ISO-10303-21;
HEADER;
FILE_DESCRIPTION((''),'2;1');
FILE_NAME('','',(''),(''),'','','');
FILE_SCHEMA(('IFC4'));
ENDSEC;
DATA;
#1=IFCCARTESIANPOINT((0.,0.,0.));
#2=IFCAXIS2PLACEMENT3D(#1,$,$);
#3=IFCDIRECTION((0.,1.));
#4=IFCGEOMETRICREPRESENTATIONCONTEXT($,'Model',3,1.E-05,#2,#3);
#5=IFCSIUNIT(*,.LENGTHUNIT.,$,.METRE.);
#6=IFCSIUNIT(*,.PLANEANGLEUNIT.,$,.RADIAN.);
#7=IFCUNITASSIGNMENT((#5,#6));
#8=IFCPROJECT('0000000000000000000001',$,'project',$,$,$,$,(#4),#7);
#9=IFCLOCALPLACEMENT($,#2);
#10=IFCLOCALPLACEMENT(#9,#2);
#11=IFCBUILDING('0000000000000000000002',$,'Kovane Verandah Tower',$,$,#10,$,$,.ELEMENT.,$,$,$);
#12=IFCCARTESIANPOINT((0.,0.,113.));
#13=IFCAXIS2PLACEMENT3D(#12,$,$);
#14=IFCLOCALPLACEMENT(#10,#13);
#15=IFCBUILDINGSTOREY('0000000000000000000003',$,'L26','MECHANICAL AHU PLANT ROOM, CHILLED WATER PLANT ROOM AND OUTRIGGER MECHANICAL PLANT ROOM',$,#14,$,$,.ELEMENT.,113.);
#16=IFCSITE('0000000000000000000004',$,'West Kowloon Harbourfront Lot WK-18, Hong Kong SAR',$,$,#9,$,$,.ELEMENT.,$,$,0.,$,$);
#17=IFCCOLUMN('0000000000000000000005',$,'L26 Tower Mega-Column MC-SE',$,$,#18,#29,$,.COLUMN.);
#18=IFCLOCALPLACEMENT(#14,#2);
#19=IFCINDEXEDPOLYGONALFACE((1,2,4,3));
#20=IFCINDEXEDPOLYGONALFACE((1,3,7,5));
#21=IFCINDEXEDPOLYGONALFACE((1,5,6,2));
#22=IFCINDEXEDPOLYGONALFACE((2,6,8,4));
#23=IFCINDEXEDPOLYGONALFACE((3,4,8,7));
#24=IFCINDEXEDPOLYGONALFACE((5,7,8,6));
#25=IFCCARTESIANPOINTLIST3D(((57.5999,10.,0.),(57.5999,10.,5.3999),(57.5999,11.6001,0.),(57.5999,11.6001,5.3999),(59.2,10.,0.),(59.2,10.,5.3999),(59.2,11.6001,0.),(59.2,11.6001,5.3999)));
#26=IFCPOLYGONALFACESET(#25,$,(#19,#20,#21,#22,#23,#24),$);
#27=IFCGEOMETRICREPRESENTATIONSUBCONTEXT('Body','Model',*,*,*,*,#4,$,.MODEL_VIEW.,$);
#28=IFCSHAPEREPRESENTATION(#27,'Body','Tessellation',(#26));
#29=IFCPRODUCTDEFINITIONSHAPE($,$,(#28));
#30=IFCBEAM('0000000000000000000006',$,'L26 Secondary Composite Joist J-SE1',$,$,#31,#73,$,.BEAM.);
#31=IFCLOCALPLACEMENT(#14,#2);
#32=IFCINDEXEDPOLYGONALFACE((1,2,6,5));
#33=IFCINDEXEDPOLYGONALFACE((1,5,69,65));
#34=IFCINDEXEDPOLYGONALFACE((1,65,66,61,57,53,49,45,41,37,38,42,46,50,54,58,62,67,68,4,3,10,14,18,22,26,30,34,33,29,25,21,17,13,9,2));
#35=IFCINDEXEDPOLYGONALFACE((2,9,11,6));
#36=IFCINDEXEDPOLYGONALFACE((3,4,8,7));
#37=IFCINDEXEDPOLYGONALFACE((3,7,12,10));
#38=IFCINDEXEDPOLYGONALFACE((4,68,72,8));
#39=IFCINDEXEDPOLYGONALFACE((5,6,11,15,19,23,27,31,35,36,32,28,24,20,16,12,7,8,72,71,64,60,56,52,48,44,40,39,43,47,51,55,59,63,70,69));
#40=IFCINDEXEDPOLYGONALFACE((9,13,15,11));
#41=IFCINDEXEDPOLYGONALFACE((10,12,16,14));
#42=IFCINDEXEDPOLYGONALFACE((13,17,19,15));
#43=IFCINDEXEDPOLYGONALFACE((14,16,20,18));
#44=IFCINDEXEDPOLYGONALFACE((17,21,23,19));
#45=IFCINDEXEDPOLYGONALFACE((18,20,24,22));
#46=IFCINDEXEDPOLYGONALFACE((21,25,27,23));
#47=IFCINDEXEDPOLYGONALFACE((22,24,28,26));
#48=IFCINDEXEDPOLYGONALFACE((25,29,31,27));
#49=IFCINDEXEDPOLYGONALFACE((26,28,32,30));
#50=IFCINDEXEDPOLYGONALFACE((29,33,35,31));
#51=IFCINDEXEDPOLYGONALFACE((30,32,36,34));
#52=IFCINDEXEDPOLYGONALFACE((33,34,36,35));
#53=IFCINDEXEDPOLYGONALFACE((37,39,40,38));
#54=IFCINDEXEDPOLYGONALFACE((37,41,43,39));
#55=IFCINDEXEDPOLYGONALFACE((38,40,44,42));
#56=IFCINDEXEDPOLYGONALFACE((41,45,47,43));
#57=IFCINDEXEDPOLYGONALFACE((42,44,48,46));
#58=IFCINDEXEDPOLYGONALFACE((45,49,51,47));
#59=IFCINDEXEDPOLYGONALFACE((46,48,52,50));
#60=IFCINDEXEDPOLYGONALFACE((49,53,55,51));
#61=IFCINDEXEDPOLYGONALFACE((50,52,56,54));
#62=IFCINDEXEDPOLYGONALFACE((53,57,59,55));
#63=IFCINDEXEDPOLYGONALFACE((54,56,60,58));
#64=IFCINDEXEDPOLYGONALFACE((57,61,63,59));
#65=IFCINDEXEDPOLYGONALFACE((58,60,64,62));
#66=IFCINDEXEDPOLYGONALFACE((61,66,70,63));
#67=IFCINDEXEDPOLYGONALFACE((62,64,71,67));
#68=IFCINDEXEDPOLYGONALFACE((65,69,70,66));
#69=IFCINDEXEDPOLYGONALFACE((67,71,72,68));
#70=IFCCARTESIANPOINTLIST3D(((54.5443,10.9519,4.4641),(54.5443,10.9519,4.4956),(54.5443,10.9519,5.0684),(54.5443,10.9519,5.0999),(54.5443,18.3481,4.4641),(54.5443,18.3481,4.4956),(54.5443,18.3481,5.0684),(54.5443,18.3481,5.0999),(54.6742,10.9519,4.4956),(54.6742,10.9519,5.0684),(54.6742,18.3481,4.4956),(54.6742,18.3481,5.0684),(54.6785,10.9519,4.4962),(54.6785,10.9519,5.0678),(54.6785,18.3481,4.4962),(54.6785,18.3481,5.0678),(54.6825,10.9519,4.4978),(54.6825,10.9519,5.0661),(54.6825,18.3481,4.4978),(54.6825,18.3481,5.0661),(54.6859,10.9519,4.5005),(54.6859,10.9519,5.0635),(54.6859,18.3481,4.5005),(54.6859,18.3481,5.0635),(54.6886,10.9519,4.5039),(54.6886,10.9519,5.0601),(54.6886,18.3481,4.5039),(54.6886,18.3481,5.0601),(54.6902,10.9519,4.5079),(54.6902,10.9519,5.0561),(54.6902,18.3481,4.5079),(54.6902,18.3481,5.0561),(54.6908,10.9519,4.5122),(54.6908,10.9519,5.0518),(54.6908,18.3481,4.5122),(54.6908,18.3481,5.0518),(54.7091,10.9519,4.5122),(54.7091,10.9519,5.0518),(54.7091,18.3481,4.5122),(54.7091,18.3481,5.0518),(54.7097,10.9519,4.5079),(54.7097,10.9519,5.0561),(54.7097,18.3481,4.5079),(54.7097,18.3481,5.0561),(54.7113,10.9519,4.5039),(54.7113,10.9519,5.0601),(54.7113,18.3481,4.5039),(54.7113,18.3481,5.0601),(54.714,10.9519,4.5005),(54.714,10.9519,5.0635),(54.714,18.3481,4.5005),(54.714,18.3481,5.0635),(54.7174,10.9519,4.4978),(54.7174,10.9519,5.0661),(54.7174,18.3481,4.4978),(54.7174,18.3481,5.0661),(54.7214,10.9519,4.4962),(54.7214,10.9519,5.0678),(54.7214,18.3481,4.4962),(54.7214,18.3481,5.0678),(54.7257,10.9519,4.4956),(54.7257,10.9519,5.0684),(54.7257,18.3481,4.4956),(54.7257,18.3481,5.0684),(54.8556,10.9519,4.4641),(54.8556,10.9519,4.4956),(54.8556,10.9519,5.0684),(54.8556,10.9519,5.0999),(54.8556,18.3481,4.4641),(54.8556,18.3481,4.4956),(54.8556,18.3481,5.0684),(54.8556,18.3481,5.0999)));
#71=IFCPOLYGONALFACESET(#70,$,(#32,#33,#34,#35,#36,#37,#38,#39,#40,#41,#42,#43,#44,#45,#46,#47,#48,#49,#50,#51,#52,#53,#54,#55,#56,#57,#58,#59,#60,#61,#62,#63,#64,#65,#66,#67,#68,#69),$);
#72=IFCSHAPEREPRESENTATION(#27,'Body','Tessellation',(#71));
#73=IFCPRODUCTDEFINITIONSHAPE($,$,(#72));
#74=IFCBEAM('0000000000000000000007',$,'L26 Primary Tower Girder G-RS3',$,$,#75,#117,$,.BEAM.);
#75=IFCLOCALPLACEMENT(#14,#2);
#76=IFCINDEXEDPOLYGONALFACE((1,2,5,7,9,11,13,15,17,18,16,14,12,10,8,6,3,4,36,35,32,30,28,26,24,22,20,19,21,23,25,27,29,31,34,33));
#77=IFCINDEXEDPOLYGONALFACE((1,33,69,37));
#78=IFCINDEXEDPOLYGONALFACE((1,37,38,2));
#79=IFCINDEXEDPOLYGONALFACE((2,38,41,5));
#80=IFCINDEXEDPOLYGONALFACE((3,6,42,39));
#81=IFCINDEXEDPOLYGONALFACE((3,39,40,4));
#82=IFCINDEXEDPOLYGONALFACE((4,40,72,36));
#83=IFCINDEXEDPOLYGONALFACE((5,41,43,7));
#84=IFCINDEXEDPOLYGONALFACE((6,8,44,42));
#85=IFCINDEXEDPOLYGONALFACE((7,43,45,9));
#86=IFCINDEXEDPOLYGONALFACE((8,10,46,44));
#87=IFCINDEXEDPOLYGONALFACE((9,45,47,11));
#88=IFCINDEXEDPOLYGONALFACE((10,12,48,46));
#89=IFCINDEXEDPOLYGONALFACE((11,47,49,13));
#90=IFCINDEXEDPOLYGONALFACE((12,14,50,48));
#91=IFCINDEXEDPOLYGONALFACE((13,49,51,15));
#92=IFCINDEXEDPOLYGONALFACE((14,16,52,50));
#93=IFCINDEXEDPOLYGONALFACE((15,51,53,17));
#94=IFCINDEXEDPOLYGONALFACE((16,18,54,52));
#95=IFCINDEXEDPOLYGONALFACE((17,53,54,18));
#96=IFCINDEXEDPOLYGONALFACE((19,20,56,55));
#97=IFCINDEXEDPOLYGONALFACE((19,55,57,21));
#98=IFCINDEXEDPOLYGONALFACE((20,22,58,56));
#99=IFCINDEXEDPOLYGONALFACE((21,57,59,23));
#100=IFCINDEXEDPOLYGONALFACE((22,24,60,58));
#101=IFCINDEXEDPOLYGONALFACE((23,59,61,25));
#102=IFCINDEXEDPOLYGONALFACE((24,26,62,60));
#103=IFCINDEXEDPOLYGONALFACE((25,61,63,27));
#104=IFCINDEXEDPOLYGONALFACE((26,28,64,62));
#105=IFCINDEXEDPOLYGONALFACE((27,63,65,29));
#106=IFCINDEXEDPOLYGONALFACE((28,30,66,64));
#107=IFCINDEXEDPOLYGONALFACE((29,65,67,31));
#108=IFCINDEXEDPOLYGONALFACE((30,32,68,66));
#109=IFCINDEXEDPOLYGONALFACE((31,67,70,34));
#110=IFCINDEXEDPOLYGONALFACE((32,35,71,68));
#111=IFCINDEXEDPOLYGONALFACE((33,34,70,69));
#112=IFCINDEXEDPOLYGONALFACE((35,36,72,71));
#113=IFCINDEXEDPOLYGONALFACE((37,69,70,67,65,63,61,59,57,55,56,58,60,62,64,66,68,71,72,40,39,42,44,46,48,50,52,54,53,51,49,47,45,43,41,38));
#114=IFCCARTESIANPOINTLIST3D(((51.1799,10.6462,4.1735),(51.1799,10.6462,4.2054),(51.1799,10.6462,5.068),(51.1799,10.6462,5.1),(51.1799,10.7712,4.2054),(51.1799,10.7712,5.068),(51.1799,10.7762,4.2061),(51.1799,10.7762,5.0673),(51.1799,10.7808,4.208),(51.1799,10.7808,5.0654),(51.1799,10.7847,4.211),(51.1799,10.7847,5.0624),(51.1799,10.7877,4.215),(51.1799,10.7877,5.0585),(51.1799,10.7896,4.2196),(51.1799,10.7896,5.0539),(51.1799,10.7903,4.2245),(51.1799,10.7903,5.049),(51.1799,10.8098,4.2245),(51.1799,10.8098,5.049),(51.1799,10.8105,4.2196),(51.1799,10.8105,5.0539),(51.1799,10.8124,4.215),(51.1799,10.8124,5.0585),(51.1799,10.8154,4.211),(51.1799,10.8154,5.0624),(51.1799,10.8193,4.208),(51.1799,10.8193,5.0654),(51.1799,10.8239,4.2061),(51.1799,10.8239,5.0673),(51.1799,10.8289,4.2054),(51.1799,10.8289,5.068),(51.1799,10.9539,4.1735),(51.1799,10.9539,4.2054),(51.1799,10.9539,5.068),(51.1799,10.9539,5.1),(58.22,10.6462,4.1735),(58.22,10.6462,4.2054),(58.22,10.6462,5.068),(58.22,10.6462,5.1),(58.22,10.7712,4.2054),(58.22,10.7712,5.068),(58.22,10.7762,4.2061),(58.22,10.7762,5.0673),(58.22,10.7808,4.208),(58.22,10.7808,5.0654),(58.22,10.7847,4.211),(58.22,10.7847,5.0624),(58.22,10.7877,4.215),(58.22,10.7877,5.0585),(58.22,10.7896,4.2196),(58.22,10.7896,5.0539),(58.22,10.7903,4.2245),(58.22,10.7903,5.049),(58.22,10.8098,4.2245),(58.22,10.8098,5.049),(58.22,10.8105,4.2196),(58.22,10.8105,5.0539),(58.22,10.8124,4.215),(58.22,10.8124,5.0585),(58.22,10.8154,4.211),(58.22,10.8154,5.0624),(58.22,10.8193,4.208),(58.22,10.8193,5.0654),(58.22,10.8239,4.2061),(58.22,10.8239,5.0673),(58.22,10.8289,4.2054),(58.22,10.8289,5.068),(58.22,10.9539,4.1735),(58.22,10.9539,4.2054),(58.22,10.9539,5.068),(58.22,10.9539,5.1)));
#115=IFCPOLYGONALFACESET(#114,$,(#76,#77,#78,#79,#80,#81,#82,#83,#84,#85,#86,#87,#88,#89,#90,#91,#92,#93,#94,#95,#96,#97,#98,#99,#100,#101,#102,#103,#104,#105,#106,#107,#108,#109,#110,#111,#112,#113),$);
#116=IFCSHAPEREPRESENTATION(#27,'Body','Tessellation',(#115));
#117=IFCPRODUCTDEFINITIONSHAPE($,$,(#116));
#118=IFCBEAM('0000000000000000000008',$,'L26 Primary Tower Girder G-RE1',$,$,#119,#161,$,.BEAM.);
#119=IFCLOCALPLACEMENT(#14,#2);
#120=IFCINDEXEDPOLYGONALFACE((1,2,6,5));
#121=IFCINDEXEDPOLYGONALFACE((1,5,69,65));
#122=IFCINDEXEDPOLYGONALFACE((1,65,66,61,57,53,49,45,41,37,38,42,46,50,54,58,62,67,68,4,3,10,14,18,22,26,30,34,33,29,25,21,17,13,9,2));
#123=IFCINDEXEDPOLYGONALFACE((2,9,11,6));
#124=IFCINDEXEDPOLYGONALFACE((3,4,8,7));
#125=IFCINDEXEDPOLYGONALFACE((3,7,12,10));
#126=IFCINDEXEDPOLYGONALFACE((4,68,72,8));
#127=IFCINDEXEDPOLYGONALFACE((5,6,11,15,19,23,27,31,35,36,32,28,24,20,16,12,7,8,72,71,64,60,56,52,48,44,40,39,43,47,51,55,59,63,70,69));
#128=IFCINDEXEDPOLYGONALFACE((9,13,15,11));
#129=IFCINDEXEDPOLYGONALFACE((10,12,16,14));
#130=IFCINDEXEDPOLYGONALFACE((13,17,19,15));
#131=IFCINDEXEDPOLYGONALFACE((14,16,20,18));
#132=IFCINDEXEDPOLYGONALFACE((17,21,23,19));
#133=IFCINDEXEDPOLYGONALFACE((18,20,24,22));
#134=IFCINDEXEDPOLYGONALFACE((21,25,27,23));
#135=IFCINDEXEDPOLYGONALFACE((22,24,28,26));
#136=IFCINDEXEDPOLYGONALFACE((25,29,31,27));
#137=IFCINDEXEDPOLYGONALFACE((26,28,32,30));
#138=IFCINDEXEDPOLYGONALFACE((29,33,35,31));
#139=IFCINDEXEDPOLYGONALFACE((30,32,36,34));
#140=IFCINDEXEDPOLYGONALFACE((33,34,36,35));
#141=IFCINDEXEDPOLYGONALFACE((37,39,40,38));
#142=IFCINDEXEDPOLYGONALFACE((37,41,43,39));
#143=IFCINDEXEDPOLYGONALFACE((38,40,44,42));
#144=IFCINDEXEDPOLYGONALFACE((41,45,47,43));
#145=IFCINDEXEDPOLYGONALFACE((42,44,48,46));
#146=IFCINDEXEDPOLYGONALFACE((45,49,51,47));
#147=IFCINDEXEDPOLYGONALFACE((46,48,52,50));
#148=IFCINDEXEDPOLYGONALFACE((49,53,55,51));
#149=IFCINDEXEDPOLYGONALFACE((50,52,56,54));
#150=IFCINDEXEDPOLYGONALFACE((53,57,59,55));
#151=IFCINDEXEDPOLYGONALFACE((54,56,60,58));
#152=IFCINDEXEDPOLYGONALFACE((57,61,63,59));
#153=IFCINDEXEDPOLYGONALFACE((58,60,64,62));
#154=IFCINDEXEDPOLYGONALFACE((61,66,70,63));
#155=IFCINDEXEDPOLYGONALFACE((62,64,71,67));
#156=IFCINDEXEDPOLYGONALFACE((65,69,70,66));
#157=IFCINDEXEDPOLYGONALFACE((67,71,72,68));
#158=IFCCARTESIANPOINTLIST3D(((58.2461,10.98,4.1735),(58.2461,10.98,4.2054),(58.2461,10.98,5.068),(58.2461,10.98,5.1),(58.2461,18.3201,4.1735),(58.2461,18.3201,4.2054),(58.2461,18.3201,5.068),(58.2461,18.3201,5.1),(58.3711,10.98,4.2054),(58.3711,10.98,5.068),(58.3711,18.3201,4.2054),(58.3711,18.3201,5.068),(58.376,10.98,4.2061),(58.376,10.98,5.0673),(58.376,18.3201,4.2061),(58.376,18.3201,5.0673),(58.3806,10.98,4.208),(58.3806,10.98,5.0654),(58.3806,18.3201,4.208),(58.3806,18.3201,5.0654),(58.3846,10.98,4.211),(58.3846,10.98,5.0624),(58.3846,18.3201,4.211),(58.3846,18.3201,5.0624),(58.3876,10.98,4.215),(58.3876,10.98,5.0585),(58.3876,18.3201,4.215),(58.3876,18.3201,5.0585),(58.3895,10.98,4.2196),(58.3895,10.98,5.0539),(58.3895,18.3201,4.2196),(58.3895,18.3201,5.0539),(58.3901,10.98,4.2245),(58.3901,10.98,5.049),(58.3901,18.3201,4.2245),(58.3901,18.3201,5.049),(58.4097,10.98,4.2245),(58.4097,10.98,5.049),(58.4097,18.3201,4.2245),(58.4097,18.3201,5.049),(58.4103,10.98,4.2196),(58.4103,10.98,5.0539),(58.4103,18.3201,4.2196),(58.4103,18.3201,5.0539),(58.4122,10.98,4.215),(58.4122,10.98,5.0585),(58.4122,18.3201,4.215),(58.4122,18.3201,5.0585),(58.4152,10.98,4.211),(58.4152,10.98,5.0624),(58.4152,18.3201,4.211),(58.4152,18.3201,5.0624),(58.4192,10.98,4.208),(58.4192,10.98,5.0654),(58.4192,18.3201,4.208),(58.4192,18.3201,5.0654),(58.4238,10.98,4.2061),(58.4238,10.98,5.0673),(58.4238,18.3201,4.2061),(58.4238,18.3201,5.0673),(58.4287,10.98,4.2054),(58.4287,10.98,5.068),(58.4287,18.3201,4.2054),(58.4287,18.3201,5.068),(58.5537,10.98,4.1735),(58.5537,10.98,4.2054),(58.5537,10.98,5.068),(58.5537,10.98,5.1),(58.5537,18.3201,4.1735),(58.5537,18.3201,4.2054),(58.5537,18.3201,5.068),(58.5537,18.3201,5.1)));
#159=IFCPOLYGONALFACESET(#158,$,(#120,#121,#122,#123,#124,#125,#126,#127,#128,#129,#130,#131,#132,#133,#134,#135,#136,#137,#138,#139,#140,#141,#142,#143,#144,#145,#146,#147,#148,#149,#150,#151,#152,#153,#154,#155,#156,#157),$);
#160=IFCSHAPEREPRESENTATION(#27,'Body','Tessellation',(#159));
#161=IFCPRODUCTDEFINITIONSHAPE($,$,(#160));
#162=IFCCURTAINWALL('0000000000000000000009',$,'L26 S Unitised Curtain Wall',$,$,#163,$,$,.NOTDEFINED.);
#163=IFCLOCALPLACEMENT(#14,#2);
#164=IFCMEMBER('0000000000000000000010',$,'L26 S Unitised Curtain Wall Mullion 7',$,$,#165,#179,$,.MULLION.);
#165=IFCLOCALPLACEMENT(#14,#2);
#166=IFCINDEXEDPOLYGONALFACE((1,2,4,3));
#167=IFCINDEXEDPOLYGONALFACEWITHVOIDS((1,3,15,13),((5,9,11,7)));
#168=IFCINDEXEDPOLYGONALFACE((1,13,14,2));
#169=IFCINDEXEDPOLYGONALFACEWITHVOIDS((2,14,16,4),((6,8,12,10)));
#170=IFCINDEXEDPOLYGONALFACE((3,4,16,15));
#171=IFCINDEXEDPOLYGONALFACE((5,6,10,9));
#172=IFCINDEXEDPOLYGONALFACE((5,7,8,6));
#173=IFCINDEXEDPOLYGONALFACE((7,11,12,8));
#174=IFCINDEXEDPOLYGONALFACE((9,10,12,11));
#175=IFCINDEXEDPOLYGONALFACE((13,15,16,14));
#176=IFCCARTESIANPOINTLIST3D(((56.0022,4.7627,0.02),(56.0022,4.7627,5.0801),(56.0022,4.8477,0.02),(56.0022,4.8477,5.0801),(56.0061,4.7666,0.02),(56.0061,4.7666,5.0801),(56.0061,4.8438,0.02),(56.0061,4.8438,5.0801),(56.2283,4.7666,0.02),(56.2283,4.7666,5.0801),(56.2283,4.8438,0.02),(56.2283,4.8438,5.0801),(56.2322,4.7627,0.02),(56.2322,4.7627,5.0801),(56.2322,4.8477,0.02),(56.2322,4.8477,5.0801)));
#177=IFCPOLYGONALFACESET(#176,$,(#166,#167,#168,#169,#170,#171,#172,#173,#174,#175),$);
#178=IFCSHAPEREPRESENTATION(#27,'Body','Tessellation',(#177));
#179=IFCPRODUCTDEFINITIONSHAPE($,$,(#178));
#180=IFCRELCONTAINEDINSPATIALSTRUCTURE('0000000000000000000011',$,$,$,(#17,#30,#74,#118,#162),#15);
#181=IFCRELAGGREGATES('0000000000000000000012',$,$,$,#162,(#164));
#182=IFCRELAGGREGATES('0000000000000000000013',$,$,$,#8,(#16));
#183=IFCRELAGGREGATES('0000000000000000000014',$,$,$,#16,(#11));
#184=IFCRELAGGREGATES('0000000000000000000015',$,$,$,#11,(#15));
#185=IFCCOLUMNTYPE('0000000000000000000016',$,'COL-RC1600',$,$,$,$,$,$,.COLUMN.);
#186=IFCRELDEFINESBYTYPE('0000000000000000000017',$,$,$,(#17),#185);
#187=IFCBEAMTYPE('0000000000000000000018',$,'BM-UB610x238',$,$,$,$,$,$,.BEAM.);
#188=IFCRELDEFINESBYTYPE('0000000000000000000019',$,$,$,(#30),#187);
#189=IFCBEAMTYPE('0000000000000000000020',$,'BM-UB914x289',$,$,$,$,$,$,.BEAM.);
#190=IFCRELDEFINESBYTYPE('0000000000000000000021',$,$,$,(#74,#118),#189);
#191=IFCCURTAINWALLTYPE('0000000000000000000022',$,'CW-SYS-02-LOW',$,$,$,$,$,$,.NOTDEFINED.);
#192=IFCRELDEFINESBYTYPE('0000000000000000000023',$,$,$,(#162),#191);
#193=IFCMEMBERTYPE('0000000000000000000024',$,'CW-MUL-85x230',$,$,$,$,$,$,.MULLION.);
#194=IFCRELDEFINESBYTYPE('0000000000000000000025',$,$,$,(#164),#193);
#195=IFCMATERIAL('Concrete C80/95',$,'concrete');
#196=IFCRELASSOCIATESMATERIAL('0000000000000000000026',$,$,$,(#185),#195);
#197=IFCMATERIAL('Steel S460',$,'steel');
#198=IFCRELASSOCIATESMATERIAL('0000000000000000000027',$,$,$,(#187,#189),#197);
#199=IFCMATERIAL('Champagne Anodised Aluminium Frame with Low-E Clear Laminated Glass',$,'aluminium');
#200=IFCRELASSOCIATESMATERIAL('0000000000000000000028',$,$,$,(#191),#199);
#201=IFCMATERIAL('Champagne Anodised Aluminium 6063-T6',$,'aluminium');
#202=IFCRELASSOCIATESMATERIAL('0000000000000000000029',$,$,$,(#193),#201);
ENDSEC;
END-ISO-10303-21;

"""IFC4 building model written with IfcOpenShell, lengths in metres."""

from ifc_helpers import new_model, si_unit, direction, frame, origin, origin_2d, place, context, subcontext, project, spatial, rectangle, hollow_rectangle, i_section, extrude, material, material_profile, profile_set, type_object, element, aggregate, save


model = new_model("IFC4")

# Units and contexts
model_context = context("Model", 3, precision=1e-05, world=origin(), true_north=direction((0.0, 1.0)))
body_context = subcontext(model_context, "Body", "Model", "MODEL_VIEW")
ifc_project = project(units=[si_unit("LENGTHUNIT", "METRE"), si_unit("PLANEANGLEUNIT", "RADIAN")], contexts=[model_context])

# Site, building, storey
site_placement = place(None, origin())
site = spatial("IfcSite", under=ifc_project, at=site_placement, Name="West Kowloon Harbourfront Lot WK-18, Hong Kong SAR", CompositionType="ELEMENT", RefElevation=0.0)
building_placement = place(site_placement, origin())
building = spatial("IfcBuilding", under=site, at=building_placement, Name="Kovane Verandah Tower", CompositionType="ELEMENT")
storey_placement = place(building_placement, frame((0.0, 0.0, 113.0)))
storey = spatial("IfcBuildingStorey", under=building, at=storey_placement, Name="L26", Description="MECHANICAL AHU PLANT ROOM, CHILLED WATER PLANT ROOM AND OUTRIGGER MECHANICAL PLANT ROOM", CompositionType="ELEMENT", Elevation=113.0)

# Column
ifc_material_1 = material(Name="Concrete C80/95", Category="concrete")
ifc_material_profile_1 = material_profile(ifc_material_1, rectangle(XDim=1.6001, YDim=1.6001, at=origin_2d()), Name="RC1600x1600")
ifc_profile_set_1 = profile_set([ifc_material_profile_1], Name="Concrete C80/95")
column_type = type_object("IfcColumnType", Name="COL-RC1600", PredefinedType="COLUMN", material=ifc_profile_set_1)
column_placement = place(storey_placement, frame((58.3999, 10.8, 0.0), z_axis=(0.0, 0.0, 1.0), x_axis=(1.0, 0.0, 0.0)))
element("IfcColumn", 1, at=column_placement, inside=storey, type_object=column_type, Name="L26 Tower Mega-Column MC-SE", PredefinedType="COLUMN", context=body_context, shape_type="SweptSolid", body=[
    extrude(rectangle(XDim=1.6001, YDim=1.6001, at=origin_2d()), origin(), (0.0, 0.0, 1.0), 5.3999),
])

# Beams
ifc_material_2 = material(Name="Steel S460", Category="steel")
ifc_material_profile_2 = material_profile(ifc_material_2, i_section(OverallWidth=0.3113, OverallDepth=0.6357, WebThickness=0.0183, FlangeThickness=0.0315, FilletRadius=0.0166, at=origin_2d()), Name="UB610x305x238")
ifc_profile_set_2 = profile_set([ifc_material_profile_2], Name="Steel S460")
beam_type_1 = type_object("IfcBeamType", Name="BM-UB610x238", PredefinedType="BEAM", material=ifc_profile_set_2)
beam_1_placement = place(storey_placement, frame((54.7, 10.9519, 4.782), z_axis=(0.0, 1.0, 0.0), x_axis=(-1.0, 0.0, 0.0)))
element("IfcBeam", 2, at=beam_1_placement, inside=storey, type_object=beam_type_1, Name="L26 Secondary Composite Joist J-SE1", PredefinedType="BEAM", context=body_context, shape_type="SweptSolid", body=[
    extrude(i_section(OverallWidth=0.3113, OverallDepth=0.6357, WebThickness=0.0183, FlangeThickness=0.0315, FilletRadius=0.0166, at=origin_2d()), origin(), (0.0, 0.0, 1.0), 7.3962),
])
ifc_material_profile_3 = material_profile(ifc_material_2, i_section(OverallWidth=0.3076, OverallDepth=0.9265, WebThickness=0.0195, FlangeThickness=0.032, FilletRadius=0.019, at=origin_2d()), Name="UB914x305x289")
ifc_profile_set_3 = profile_set([ifc_material_profile_3], Name="Steel S460")
beam_type_2 = type_object("IfcBeamType", Name="BM-UB914x289", PredefinedType="BEAM", material=ifc_profile_set_3)
beam_2_placement = place(storey_placement, frame((51.1799, 10.8, 4.6367), z_axis=(1.0, 0.0, 0.0), x_axis=(0.0, 1.0, 0.0)))
element("IfcBeam", 3, at=beam_2_placement, inside=storey, type_object=beam_type_2, Name="L26 Primary Tower Girder G-RS3", PredefinedType="BEAM", context=body_context, shape_type="SweptSolid", body=[
    extrude(i_section(OverallWidth=0.3076, OverallDepth=0.9265, WebThickness=0.0195, FlangeThickness=0.032, FilletRadius=0.019, at=origin_2d()), origin(), (0.0, 0.0, 1.0), 7.04),
])
beam_3_placement = place(storey_placement, frame((58.3999, 10.98, 4.6367), z_axis=(0.0, 1.0, 0.0), x_axis=(-1.0, 0.0, 0.0)))
element("IfcBeam", 4, at=beam_3_placement, inside=storey, type_object=beam_type_2, Name="L26 Primary Tower Girder G-RE1", PredefinedType="BEAM", context=body_context, shape_type="SweptSolid", body=[
    extrude(i_section(OverallWidth=0.3076, OverallDepth=0.9265, WebThickness=0.0195, FlangeThickness=0.032, FilletRadius=0.019, at=origin_2d()), origin(), (0.0, 0.0, 1.0), 7.3401),
])

# Curtain wall, member
ifc_material_3 = material(Name="Champagne Anodised Aluminium Frame with Low-E Clear Laminated Glass", Category="aluminium")
curtain_wall_type = type_object("IfcCurtainWallType", Name="CW-SYS-02-LOW", PredefinedType="NOTDEFINED", material=ifc_material_3)
curtain_wall_1_placement = place(storey_placement, origin())
curtain_wall_1 = element("IfcCurtainWall", 5, at=curtain_wall_1_placement, inside=storey, type_object=curtain_wall_type, Name="L26 S Unitised Curtain Wall", PredefinedType="NOTDEFINED")
ifc_material_4 = material(Name="Champagne Anodised Aluminium 6063-T6", Category="aluminium")
ifc_material_profile_4 = material_profile(ifc_material_4, hollow_rectangle(XDim=0.085, YDim=0.23, WallThickness=0.0039, at=origin_2d()), Name="AL85x230x4")
ifc_profile_set_4 = profile_set([ifc_material_profile_4], Name="Champagne Anodised Aluminium 6063-T6")
member_type_1 = type_object("IfcMemberType", Name="CW-MUL-85x230", PredefinedType="MULLION", material=ifc_profile_set_4)
member_1_placement = place(storey_placement, frame((56.1172, 4.8052, 0.02), z_axis=(0.0, 0.0, 1.0), x_axis=(0.0, -1.0, 0.0)))
member_1 = element("IfcMember", 6, at=member_1_placement, type_object=member_type_1, Name="L26 S Unitised Curtain Wall Mullion 7", PredefinedType="MULLION", context=body_context, shape_type="SweptSolid", body=[
    extrude(hollow_rectangle(XDim=0.085, YDim=0.23, WallThickness=0.0039, at=origin_2d()), origin(), (0.0, 0.0, 1.0), 5.0601),
])

aggregate(curtain_wall_1, [member_1])

save(model, "model.ifc")
